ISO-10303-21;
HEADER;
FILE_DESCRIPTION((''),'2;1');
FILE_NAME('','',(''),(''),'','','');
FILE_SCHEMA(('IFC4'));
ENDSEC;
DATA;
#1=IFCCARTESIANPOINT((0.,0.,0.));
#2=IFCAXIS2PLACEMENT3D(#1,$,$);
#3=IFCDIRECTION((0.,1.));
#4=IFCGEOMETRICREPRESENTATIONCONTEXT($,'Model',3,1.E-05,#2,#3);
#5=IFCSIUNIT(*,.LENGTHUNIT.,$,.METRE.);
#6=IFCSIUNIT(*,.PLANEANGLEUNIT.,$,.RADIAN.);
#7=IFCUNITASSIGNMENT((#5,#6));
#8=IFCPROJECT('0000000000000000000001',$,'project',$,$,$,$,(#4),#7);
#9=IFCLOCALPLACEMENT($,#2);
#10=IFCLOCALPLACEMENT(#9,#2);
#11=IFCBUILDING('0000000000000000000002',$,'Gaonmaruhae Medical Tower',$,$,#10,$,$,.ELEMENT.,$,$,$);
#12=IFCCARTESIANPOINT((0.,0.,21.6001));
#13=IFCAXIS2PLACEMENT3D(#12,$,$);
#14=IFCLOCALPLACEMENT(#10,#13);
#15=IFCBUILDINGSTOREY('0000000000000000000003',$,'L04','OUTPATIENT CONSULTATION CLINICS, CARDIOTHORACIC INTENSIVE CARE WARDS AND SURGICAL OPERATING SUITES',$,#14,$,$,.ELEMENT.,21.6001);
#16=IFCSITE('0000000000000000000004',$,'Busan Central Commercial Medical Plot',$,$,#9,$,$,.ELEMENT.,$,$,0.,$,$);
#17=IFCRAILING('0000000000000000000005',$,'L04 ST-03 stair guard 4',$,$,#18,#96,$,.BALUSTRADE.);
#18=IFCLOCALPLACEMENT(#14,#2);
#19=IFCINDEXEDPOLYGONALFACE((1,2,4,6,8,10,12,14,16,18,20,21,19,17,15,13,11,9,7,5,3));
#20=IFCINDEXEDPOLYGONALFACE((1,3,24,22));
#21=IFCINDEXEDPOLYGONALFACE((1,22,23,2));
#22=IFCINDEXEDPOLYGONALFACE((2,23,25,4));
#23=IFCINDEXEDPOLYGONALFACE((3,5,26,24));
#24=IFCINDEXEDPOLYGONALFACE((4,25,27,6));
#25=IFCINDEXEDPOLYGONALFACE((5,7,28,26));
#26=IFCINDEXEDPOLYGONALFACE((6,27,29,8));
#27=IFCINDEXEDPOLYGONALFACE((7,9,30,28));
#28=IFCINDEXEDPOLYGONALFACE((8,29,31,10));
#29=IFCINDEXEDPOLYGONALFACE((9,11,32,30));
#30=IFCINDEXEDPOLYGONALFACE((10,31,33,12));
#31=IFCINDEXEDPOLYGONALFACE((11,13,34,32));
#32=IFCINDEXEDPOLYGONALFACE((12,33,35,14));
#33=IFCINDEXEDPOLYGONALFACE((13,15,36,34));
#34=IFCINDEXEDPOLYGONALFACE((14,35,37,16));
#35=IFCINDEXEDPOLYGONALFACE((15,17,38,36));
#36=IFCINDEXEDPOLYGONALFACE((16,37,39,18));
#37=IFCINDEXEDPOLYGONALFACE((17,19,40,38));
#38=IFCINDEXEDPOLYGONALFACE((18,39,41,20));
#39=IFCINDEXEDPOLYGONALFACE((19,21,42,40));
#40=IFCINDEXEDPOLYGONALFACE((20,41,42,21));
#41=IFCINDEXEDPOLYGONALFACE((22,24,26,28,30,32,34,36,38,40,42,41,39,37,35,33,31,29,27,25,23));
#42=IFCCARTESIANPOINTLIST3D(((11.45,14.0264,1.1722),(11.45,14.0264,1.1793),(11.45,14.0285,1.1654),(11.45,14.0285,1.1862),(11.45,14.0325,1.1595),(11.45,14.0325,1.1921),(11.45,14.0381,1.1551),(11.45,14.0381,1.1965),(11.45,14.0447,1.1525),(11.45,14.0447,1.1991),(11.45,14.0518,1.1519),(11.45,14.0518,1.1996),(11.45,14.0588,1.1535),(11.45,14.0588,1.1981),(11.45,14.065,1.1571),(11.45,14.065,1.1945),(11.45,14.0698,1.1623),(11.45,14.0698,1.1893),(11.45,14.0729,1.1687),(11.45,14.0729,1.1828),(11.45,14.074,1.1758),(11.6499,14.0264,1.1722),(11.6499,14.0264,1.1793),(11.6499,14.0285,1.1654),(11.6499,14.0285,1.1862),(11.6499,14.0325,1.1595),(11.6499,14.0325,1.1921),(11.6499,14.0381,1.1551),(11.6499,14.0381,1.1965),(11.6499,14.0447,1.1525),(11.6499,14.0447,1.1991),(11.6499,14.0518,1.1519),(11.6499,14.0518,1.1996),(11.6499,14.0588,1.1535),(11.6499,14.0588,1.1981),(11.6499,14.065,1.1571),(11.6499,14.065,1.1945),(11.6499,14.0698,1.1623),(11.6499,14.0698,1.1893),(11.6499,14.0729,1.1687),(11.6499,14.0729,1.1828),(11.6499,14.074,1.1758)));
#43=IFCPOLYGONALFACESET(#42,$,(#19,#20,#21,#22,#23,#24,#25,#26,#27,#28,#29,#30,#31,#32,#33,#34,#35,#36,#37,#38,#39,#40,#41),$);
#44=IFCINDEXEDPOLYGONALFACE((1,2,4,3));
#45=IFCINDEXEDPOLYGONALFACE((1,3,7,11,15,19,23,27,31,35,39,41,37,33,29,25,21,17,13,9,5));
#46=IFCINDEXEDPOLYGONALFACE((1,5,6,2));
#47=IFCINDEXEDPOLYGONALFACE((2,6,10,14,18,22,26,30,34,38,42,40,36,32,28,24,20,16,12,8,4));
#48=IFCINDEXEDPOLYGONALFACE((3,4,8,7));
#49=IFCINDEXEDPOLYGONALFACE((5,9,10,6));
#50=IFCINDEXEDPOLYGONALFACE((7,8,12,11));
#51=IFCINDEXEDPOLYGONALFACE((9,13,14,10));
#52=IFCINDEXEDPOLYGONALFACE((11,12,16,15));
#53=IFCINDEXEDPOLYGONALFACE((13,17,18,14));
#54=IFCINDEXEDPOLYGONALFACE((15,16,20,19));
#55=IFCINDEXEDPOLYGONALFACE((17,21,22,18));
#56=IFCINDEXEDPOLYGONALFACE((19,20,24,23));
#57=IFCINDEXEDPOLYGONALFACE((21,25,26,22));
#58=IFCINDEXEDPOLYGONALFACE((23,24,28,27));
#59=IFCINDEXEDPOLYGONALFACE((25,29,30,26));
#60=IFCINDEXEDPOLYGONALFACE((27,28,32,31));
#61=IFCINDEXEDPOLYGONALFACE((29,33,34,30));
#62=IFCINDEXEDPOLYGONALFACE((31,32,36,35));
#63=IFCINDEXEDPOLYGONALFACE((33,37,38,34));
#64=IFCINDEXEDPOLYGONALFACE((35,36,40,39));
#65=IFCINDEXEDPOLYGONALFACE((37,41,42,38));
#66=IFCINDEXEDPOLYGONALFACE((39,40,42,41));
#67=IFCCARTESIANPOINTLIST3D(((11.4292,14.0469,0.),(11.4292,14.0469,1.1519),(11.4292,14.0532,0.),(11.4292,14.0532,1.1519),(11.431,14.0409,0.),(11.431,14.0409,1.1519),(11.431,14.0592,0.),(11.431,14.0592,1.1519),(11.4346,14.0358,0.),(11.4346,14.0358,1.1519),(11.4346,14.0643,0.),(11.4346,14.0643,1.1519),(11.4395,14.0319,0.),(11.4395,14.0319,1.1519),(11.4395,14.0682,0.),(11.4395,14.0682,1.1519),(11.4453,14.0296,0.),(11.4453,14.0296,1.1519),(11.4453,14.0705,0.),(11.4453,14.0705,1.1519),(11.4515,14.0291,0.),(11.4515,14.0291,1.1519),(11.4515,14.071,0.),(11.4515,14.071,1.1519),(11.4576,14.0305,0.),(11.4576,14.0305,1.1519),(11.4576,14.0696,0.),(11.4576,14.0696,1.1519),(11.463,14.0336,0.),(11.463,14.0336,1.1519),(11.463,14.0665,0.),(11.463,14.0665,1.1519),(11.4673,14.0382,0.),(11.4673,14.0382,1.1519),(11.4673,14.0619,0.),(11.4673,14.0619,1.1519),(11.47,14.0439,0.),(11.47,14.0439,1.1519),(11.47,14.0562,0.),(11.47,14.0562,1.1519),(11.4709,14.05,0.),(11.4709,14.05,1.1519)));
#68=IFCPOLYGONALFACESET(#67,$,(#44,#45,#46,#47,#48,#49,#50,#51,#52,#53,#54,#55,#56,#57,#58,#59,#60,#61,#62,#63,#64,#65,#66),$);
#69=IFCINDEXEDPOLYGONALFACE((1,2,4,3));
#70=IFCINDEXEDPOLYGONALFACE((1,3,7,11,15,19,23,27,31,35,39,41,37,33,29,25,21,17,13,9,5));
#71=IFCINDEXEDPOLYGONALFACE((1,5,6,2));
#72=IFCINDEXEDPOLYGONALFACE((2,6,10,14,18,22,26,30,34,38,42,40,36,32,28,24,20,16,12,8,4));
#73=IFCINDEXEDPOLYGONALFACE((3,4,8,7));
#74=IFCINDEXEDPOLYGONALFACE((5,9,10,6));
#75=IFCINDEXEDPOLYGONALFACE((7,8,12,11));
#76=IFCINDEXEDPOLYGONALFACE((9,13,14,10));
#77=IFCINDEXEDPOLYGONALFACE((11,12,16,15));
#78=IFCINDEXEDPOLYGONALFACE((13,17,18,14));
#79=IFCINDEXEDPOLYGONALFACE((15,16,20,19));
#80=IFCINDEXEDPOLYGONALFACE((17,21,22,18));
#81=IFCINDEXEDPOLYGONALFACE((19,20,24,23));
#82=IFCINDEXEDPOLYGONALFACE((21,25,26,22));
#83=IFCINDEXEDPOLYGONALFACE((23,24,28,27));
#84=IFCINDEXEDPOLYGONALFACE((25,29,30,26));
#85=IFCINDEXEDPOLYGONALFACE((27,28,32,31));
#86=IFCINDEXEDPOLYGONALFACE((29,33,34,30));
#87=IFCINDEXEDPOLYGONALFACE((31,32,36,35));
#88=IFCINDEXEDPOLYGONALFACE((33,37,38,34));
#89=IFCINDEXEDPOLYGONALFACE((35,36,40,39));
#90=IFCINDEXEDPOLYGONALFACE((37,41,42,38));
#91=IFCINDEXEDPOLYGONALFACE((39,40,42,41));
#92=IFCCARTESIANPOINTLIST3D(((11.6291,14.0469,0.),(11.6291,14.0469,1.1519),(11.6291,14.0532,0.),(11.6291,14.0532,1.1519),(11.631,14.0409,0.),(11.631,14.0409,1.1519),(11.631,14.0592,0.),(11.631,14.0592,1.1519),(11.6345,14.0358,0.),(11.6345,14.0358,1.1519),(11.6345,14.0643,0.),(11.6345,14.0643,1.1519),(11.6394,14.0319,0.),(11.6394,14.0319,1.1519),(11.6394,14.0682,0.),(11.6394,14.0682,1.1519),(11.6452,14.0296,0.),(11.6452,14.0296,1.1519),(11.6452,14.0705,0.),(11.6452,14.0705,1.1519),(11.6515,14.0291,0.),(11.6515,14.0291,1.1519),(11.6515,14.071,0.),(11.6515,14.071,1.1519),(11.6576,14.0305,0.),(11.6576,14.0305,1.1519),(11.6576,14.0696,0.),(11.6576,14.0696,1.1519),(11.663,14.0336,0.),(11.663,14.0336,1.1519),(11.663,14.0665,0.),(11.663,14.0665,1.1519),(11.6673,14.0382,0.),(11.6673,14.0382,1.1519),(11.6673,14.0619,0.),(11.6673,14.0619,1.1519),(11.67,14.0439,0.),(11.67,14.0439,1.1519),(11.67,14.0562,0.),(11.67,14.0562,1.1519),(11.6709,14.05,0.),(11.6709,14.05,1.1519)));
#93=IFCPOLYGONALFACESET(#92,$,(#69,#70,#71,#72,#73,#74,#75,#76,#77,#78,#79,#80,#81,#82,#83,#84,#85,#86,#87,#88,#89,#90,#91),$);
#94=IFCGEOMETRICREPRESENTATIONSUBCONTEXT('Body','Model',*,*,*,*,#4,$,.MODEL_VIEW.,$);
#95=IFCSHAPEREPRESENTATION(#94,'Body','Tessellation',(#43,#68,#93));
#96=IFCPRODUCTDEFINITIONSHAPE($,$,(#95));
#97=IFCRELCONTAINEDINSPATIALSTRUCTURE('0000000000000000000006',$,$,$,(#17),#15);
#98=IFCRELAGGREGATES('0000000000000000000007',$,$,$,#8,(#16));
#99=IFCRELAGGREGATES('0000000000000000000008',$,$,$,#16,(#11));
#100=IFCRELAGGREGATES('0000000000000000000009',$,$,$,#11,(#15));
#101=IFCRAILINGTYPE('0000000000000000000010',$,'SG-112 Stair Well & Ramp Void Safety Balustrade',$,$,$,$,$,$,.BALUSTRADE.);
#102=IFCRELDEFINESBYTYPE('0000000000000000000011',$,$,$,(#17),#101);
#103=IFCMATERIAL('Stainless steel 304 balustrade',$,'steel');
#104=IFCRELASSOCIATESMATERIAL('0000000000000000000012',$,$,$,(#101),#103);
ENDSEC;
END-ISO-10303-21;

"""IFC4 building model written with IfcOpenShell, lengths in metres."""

from ifc_helpers import new_model, si_unit, direction, frame, origin, origin_2d, place, context, subcontext, project, spatial, circle, extrude, material, type_object, element, save


model = new_model("IFC4")

# Units and contexts
model_context = context("Model", 3, precision=1e-05, world=origin(), true_north=direction((0.0, 1.0)))
body_context = subcontext(model_context, "Body", "Model", "MODEL_VIEW")
ifc_project = project(units=[si_unit("LENGTHUNIT", "METRE"), si_unit("PLANEANGLEUNIT", "RADIAN")], contexts=[model_context])

# Site, building, storey
site_placement = place(None, origin())
site = spatial("IfcSite", under=ifc_project, at=site_placement, Name="Busan Central Commercial Medical Plot", CompositionType="ELEMENT", RefElevation=0.0)
building_placement = place(site_placement, origin())
building = spatial("IfcBuilding", under=site, at=building_placement, Name="Gaonmaruhae Medical Tower", CompositionType="ELEMENT")
storey_placement = place(building_placement, frame((0.0, 0.0, 21.6001)))
storey = spatial("IfcBuildingStorey", under=building, at=storey_placement, Name="L04", Description="OUTPATIENT CONSULTATION CLINICS, CARDIOTHORACIC INTENSIVE CARE WARDS AND SURGICAL OPERATING SUITES", CompositionType="ELEMENT", Elevation=21.6001)

# Railing
ifc_material_1 = material(Name="Stainless steel 304 balustrade", Category="steel")
railing_type_1 = type_object("IfcRailingType", Name="SG-112 Stair Well & Ramp Void Safety Balustrade", PredefinedType="BALUSTRADE", material=ifc_material_1)
railing_1_placement = place(storey_placement, frame((11.45, 14.05, 0.0)))
element("IfcRailing", 1, at=railing_1_placement, inside=storey, type_object=railing_type_1, Name="L04 ST-03 stair guard 4", PredefinedType="BALUSTRADE", context=body_context, shape_type="SweptSolid", body=[
    extrude(circle(Radius=0.0239, at=origin_2d()), frame((0.0, 0.0, 1.1758), z_axis=(1.0, 0.0, 0.0), x_axis=(0.0, 1.0, 0.0)), (0.0, 0.0, 1.0), 0.2),
    extrude(circle(Radius=0.021, at=origin_2d()), origin(), (0.0, 0.0, 1.0), 1.1519),
    extrude(circle(Radius=0.021, at=origin_2d()), frame((0.2, 0.0, 0.0)), (0.0, 0.0, 1.0), 1.1519),
])

save(model, "model.ifc")
